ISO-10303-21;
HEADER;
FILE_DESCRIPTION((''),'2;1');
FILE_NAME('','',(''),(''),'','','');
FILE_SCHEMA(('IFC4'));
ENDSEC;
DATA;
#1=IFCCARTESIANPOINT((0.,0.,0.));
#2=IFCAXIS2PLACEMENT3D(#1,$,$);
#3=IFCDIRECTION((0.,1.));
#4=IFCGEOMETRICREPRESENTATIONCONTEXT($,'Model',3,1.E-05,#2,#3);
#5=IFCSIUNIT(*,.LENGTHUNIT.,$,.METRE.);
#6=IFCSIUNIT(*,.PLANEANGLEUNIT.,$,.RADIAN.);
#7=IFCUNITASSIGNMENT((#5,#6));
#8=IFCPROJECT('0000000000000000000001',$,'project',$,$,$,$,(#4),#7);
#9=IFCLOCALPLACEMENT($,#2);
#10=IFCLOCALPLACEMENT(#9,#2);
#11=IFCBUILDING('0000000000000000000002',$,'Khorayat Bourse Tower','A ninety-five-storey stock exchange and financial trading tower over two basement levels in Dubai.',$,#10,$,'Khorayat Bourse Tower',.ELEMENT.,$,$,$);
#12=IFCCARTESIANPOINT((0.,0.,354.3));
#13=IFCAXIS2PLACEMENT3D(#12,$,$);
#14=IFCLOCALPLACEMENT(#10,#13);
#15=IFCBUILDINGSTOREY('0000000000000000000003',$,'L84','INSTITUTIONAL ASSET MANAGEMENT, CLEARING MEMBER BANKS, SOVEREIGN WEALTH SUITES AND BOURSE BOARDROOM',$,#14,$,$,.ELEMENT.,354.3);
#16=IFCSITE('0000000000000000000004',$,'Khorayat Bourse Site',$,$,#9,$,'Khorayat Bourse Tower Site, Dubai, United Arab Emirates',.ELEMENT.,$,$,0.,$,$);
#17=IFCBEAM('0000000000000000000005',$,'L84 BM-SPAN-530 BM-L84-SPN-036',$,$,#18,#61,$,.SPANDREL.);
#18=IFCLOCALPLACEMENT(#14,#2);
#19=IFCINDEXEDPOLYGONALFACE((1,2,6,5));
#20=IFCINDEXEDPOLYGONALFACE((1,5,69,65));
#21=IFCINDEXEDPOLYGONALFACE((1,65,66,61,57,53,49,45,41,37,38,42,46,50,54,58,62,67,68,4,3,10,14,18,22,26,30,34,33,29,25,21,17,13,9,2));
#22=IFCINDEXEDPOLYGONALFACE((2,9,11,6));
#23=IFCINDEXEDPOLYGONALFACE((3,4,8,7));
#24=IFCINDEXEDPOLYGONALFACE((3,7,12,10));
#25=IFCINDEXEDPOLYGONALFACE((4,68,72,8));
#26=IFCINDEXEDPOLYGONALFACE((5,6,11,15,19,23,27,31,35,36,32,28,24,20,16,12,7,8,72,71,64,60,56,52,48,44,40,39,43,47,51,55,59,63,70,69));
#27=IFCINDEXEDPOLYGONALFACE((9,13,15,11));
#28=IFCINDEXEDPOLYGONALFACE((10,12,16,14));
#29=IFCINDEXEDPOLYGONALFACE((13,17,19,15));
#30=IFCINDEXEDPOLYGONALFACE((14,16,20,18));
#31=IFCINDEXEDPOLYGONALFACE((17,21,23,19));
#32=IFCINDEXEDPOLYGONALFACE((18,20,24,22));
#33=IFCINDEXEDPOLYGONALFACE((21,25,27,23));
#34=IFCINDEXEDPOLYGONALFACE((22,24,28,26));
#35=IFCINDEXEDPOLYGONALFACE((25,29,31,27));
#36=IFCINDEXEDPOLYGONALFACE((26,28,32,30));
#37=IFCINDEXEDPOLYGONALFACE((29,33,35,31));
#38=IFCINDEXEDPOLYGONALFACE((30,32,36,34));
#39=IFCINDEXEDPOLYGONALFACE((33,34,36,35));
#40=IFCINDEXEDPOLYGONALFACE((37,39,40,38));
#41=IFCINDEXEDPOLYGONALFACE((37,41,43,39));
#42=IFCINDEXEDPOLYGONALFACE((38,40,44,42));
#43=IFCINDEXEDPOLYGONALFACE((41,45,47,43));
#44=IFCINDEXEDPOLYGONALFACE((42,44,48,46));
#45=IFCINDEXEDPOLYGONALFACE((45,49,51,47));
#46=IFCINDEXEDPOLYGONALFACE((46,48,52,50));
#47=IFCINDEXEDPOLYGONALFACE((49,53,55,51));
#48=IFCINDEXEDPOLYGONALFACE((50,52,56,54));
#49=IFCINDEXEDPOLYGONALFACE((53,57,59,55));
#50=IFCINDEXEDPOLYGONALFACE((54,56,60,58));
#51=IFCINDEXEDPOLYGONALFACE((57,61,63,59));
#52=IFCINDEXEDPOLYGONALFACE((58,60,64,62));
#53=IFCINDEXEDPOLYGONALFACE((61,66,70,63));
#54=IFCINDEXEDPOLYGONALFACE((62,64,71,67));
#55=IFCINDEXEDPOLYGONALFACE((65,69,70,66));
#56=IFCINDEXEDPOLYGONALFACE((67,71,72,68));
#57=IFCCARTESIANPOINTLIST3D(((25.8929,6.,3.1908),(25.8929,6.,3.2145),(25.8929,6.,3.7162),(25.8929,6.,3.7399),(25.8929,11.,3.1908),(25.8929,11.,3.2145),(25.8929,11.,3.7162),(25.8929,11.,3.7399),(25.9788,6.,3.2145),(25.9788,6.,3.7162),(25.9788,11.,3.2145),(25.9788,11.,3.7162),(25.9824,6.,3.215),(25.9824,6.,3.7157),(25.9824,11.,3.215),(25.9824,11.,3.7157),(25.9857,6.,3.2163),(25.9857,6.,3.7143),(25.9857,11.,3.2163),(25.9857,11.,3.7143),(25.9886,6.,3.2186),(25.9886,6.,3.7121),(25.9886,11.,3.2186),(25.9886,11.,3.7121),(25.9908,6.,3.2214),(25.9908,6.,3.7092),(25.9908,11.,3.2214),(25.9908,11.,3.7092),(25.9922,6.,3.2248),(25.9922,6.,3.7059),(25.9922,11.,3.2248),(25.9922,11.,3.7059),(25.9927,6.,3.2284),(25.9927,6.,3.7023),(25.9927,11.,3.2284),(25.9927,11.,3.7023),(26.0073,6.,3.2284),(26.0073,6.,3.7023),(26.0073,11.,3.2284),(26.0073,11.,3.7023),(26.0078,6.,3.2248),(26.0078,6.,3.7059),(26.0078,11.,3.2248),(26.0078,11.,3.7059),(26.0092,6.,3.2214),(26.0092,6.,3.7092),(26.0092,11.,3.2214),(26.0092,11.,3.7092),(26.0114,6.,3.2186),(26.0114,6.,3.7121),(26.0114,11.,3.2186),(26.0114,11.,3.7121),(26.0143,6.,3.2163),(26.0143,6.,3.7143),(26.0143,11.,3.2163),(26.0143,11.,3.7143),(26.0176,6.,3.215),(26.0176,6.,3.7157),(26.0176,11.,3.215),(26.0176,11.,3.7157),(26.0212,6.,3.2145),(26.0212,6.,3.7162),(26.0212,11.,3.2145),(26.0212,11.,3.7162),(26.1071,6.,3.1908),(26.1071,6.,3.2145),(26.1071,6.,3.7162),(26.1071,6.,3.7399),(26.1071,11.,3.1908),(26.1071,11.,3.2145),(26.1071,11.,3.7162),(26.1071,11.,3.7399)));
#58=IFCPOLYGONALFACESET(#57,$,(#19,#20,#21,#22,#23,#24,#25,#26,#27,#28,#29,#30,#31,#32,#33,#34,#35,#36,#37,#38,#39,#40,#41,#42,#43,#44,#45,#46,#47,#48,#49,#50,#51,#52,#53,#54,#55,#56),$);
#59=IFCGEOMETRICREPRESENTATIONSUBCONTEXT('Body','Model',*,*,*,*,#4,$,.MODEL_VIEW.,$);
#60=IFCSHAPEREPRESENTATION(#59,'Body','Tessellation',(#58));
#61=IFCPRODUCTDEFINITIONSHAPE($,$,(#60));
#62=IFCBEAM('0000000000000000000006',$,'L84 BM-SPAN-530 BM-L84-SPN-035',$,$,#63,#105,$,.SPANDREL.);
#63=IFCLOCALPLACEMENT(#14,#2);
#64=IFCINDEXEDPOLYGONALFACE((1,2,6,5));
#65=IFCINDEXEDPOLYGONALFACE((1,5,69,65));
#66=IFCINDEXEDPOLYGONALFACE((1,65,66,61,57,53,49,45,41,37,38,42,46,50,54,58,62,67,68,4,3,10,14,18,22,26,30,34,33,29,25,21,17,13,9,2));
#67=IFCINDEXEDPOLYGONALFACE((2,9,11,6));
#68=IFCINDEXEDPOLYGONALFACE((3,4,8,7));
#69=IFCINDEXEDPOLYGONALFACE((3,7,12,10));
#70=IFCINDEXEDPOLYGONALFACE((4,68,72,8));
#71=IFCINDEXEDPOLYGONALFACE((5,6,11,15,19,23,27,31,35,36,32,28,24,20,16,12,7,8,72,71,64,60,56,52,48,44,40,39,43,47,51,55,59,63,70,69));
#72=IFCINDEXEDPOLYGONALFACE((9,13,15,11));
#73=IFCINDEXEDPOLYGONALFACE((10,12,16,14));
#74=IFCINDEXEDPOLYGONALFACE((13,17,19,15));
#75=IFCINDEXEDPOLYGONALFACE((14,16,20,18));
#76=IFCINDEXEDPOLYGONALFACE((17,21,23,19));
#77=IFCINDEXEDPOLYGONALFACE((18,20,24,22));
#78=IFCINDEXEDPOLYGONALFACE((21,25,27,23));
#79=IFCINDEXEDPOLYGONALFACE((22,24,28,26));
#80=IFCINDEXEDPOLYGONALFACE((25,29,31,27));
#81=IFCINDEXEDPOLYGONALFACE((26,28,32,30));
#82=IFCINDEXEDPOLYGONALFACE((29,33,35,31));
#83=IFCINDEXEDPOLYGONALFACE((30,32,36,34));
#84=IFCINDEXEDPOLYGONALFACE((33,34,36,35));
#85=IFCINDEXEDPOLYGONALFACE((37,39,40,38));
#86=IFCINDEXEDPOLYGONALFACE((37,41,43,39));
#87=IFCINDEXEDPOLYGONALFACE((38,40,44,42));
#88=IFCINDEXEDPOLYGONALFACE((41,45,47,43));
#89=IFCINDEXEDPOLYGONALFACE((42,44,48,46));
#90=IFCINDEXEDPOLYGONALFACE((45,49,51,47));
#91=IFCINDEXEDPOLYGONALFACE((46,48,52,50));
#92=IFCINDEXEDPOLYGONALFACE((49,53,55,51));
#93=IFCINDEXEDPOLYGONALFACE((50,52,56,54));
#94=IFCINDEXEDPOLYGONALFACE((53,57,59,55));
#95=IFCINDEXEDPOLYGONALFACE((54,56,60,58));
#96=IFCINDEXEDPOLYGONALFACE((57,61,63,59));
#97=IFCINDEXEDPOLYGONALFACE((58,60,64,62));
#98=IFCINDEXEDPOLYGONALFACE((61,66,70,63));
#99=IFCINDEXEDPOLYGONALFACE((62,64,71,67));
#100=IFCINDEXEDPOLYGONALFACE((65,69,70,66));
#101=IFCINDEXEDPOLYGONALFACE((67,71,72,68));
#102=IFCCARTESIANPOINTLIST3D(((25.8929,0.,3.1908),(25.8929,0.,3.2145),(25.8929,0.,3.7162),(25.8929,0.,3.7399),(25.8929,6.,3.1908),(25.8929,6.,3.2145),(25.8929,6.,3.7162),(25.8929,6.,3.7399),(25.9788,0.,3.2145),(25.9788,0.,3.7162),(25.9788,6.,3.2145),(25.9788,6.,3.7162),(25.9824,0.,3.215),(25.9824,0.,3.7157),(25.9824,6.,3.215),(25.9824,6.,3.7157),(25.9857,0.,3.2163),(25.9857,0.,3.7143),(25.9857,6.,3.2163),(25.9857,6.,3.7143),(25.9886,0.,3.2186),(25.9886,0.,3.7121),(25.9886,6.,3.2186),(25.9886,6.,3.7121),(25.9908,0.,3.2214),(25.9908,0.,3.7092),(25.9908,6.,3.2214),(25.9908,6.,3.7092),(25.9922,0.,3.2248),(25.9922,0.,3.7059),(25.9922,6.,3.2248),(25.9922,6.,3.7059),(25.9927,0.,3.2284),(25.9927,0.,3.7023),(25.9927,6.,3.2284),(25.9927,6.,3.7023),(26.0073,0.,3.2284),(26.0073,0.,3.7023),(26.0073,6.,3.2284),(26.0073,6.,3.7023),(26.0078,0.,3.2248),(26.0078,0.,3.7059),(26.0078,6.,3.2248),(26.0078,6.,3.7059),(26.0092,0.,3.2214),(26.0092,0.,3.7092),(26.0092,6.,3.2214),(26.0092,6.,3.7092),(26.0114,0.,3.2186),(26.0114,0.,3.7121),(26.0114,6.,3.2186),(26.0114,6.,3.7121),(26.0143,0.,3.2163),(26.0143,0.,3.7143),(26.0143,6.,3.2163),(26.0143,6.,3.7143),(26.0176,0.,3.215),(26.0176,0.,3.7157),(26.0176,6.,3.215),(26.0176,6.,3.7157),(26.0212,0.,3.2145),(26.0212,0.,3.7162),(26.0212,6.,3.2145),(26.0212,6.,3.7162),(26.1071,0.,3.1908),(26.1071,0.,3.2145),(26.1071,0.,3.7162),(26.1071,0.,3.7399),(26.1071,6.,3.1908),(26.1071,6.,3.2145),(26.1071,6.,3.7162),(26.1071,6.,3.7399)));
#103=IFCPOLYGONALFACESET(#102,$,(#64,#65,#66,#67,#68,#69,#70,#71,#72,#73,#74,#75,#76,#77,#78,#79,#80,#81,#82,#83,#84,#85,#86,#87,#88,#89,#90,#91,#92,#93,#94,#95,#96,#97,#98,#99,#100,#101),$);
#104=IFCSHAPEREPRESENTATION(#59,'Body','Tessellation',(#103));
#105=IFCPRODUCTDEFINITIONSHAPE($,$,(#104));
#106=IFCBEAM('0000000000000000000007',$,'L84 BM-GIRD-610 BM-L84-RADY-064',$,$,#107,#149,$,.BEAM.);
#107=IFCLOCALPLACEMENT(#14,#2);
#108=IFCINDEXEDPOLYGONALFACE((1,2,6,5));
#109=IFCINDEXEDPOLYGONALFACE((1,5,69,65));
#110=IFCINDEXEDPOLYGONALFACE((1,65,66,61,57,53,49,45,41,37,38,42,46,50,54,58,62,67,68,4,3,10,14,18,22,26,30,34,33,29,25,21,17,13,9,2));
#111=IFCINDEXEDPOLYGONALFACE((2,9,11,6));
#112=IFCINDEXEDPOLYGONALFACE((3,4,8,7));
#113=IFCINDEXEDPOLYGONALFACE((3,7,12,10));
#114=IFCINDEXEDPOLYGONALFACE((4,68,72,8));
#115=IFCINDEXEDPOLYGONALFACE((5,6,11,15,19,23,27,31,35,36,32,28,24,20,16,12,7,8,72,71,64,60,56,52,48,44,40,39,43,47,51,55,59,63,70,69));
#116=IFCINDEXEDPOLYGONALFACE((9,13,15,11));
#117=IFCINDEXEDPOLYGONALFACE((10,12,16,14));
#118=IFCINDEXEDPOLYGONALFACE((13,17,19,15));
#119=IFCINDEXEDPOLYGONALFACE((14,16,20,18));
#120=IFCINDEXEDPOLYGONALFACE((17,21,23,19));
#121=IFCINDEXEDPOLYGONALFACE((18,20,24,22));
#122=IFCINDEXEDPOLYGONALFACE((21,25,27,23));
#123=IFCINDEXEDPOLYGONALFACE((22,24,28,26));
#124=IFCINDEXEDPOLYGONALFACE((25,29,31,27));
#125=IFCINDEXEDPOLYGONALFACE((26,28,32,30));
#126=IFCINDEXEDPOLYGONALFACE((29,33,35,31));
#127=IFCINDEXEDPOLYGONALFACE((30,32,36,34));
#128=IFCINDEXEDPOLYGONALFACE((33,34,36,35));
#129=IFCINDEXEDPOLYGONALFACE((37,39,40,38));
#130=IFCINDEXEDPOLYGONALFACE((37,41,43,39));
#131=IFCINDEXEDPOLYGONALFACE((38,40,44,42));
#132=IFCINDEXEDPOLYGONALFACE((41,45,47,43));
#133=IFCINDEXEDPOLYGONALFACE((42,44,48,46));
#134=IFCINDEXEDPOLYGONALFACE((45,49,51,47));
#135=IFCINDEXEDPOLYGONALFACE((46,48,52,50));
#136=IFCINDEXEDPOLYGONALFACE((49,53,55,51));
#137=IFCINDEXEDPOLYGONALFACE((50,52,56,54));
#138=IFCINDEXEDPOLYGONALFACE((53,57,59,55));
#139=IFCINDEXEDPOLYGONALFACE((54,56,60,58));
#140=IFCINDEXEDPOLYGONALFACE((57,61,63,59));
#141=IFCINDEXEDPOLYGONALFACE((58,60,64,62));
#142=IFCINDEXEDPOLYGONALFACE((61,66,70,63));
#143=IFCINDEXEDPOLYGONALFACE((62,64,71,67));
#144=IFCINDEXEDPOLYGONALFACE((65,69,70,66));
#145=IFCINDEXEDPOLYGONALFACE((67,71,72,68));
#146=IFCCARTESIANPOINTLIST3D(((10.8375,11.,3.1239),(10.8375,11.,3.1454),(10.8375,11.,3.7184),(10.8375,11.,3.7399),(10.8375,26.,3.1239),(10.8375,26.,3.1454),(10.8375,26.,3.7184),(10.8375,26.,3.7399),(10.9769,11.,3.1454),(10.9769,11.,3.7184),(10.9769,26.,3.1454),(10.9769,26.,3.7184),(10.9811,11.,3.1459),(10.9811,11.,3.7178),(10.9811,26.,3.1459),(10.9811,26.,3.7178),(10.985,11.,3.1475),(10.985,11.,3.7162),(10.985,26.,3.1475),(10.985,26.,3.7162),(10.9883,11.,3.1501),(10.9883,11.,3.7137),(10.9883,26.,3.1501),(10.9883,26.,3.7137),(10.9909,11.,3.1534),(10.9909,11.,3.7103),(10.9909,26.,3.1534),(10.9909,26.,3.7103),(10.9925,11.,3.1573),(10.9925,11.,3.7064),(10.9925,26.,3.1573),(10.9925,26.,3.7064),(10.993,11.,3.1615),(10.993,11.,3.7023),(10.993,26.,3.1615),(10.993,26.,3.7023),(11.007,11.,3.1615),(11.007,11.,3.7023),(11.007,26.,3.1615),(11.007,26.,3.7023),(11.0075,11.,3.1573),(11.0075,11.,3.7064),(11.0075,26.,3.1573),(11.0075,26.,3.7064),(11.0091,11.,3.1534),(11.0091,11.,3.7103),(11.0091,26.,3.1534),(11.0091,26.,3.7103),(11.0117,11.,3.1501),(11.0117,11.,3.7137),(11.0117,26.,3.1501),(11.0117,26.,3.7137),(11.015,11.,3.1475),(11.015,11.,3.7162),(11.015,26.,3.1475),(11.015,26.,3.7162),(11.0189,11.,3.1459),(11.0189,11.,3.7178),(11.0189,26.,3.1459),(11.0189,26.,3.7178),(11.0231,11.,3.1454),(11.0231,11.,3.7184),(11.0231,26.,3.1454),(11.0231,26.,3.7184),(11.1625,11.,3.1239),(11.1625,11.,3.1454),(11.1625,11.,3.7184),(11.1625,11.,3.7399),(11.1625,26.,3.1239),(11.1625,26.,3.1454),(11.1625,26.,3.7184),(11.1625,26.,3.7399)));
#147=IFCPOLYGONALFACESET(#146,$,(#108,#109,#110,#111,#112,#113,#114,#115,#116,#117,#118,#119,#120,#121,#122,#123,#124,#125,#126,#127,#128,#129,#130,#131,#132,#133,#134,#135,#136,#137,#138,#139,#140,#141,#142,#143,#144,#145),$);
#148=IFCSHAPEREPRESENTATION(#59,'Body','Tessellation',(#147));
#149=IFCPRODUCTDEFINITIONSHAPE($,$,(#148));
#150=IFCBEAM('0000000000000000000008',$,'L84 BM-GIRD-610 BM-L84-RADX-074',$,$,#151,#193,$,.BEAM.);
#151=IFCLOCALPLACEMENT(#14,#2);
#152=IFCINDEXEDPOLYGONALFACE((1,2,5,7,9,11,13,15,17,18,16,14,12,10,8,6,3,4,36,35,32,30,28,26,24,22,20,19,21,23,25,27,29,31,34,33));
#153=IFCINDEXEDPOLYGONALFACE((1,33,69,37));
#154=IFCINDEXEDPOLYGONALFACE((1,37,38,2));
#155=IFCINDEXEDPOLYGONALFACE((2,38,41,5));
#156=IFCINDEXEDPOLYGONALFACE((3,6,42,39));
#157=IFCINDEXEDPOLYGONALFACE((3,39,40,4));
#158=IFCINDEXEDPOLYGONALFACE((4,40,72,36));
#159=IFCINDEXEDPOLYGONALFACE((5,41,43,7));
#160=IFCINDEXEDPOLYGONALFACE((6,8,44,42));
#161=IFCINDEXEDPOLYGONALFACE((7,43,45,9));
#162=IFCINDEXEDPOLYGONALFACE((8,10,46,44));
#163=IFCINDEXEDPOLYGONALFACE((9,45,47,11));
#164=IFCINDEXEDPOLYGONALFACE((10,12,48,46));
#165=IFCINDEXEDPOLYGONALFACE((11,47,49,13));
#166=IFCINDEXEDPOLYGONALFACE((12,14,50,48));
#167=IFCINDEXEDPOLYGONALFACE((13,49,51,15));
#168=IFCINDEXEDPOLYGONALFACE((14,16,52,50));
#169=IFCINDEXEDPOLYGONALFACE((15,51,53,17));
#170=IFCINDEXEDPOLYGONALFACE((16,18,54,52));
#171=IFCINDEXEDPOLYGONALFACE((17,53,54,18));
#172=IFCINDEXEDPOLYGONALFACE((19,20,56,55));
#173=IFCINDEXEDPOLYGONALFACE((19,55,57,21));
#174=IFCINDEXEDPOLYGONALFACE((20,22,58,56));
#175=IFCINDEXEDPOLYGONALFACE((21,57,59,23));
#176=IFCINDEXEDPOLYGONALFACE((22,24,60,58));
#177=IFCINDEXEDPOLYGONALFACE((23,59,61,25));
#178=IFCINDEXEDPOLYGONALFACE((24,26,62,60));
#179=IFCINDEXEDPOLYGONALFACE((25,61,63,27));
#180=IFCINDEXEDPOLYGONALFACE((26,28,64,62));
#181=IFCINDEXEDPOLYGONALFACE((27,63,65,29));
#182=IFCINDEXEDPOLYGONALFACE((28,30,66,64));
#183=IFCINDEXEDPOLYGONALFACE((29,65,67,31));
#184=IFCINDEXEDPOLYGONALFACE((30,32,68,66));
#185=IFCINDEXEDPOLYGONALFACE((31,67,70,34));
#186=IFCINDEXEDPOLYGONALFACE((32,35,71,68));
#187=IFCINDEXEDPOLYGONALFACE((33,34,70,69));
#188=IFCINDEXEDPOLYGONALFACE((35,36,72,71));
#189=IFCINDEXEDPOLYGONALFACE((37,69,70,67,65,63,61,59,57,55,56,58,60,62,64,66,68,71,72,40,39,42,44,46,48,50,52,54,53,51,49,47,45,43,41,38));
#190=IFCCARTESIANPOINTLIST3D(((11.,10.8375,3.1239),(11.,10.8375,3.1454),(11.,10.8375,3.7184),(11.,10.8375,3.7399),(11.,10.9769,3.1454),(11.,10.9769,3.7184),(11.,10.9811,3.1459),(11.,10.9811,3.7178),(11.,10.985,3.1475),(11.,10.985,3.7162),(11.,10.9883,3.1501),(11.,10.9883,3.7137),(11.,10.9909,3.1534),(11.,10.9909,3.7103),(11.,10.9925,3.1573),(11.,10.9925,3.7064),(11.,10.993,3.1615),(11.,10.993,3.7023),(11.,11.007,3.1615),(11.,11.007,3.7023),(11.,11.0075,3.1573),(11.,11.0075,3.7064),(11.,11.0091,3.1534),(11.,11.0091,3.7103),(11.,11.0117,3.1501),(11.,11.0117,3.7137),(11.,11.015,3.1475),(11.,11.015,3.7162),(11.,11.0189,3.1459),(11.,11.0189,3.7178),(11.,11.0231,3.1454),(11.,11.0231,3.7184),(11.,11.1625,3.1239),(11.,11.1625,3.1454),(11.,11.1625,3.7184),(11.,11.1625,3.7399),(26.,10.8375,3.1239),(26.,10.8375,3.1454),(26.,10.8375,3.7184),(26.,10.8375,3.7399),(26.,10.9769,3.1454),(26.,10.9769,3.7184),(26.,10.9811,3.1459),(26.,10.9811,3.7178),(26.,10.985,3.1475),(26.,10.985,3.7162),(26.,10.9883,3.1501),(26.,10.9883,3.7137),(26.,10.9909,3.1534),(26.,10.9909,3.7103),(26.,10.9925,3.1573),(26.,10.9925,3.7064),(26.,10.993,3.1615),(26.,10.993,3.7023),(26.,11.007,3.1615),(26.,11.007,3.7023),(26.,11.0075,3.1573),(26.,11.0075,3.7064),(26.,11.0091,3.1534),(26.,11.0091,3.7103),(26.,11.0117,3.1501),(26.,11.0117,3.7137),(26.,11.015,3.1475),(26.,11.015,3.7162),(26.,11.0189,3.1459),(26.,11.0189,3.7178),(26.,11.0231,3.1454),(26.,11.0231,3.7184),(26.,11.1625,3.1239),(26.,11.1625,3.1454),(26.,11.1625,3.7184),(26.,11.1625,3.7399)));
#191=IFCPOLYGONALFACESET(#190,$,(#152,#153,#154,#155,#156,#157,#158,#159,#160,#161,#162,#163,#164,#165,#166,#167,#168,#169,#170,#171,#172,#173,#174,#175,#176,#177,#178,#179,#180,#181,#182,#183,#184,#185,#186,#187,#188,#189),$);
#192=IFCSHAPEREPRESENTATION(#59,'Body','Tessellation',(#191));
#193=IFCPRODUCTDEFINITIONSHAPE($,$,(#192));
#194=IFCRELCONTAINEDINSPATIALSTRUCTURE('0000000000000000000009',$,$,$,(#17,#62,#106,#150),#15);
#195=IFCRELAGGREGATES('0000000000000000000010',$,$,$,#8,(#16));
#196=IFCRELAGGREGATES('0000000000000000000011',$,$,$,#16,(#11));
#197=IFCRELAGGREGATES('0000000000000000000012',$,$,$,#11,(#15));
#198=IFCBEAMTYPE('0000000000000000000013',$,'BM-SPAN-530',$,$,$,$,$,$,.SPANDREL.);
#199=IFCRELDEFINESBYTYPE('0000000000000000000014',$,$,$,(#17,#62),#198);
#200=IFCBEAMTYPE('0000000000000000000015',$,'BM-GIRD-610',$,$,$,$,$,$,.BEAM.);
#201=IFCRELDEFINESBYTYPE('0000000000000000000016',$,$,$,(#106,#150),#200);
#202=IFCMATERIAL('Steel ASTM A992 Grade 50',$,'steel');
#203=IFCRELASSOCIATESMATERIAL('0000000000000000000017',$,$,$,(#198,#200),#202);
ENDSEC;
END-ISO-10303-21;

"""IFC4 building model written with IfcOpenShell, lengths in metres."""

from ifc_helpers import new_model, si_unit, direction, frame, origin, origin_2d, place, context, subcontext, project, spatial, i_section, extrude, source, transform, mapped, material, material_profile, profile_set, type_object, element, save


model = new_model("IFC4")

# Units and contexts
model_context = context("Model", 3, precision=1e-05, world=origin(), true_north=direction((0.0, 1.0)))
body_context = subcontext(model_context, "Body", "Model", "MODEL_VIEW")
ifc_project = project(units=[si_unit("LENGTHUNIT", "METRE"), si_unit("PLANEANGLEUNIT", "RADIAN")], contexts=[model_context])

# Site, building, storey
site_placement = place(None, origin())
site = spatial("IfcSite", under=ifc_project, at=site_placement, Name="Khorayat Bourse Site", LongName="Khorayat Bourse Tower Site, Dubai, United Arab Emirates", CompositionType="ELEMENT", RefElevation=0.0)
building_placement = place(site_placement, origin())
building = spatial("IfcBuilding", under=site, at=building_placement, Name="Khorayat Bourse Tower", Description="A ninety-five-storey stock exchange and financial trading tower over two basement levels in Dubai.", LongName="Khorayat Bourse Tower", CompositionType="ELEMENT")
storey_placement = place(building_placement, frame((0.0, 0.0, 354.3)))
storey = spatial("IfcBuildingStorey", under=building, at=storey_placement, Name="L84", Description="INSTITUTIONAL ASSET MANAGEMENT, CLEARING MEMBER BANKS, SOVEREIGN WEALTH SUITES AND BOURSE BOARDROOM", CompositionType="ELEMENT", Elevation=354.3)

# Beams
ifc_material_1 = material(Name="Steel ASTM A992 Grade 50", Category="steel")
ifc_material_profile_1 = material_profile(ifc_material_1, i_section(OverallWidth=0.2141, OverallDepth=0.5491, WebThickness=0.0146, FlangeThickness=0.0237, FilletRadius=0.0139, at=origin_2d()), Name="W530X138")
ifc_profile_set_1 = profile_set([ifc_material_profile_1], Name="Steel ASTM A992 Grade 50")
beam_type_1 = type_object("IfcBeamType", Name="BM-SPAN-530", PredefinedType="SPANDREL", material=ifc_profile_set_1)
shared_shape_1 = source(origin(), body_context, "Body", "SweptSolid", [
    extrude(i_section(OverallWidth=0.2141, OverallDepth=0.5491, WebThickness=0.0146, FlangeThickness=0.0237, FilletRadius=0.0139, at=origin_2d()), origin(), (0.0, 0.0, 1.0), 5.0),
])
beam_1_placement = place(storey_placement, frame((26.0, 6.0, 3.4653), z_axis=(0.0, 1.0, 0.0), x_axis=(-1.0, 0.0, 0.0)))
element("IfcBeam", 1, at=beam_1_placement, inside=storey, type_object=beam_type_1, Name="L84 BM-SPAN-530 BM-L84-SPN-036", PredefinedType="SPANDREL", context=body_context, shape_type="MappedRepresentation", body=[
    mapped(shared_shape_1, transform((0.0, 0.0, 0.0), scale=1.0)),
])
shared_shape_2 = source(origin(), body_context, "Body", "SweptSolid", [
    extrude(i_section(OverallWidth=0.2141, OverallDepth=0.5491, WebThickness=0.0146, FlangeThickness=0.0237, FilletRadius=0.0139, at=origin_2d()), origin(), (0.0, 0.0, 1.0), 6.0),
])
beam_2_placement = place(storey_placement, frame((26.0, 0.0, 3.4653), z_axis=(0.0, 1.0, 0.0), x_axis=(-1.0, 0.0, 0.0)))
element("IfcBeam", 2, at=beam_2_placement, inside=storey, type_object=beam_type_1, Name="L84 BM-SPAN-530 BM-L84-SPN-035", PredefinedType="SPANDREL", context=body_context, shape_type="MappedRepresentation", body=[
    mapped(shared_shape_2, transform((0.0, 0.0, 0.0), scale=1.0)),
])
ifc_material_profile_2 = material_profile(ifc_material_1, i_section(OverallWidth=0.325, OverallDepth=0.616, WebThickness=0.0139, FlangeThickness=0.0215, FilletRadius=0.0161, at=origin_2d()), Name="W610X174")
ifc_profile_set_2 = profile_set([ifc_material_profile_2], Name="Steel ASTM A992 Grade 50")
beam_type_2 = type_object("IfcBeamType", Name="BM-GIRD-610", PredefinedType="BEAM", material=ifc_profile_set_2)
shared_shape_3 = source(origin(), body_context, "Body", "SweptSolid", [
    extrude(i_section(OverallWidth=0.325, OverallDepth=0.616, WebThickness=0.0139, FlangeThickness=0.0215, FilletRadius=0.0161, at=origin_2d()), origin(), (0.0, 0.0, 1.0), 15.0),
])
for number, where, z_axis, x_axis, name in (
    (3, (11.0, 11.0, 3.4319), (0.0, 1.0, 0.0), (-1.0, 0.0, 0.0), "L84 BM-GIRD-610 BM-L84-RADY-064"),
    (4, (11.0, 11.0, 3.4319), (1.0, 0.0, 0.0), (0.0, 1.0, 0.0), "L84 BM-GIRD-610 BM-L84-RADX-074"),
):
    element("IfcBeam", number, at=place(storey_placement, frame(where, z_axis=z_axis, x_axis=x_axis)), inside=storey, type_object=beam_type_2, Name=name, PredefinedType="BEAM", context=body_context, shape_type="MappedRepresentation", body=[
        mapped(shared_shape_3, transform((0.0, 0.0, 0.0), scale=1.0)),
    ])

save(model, "model.ifc")
